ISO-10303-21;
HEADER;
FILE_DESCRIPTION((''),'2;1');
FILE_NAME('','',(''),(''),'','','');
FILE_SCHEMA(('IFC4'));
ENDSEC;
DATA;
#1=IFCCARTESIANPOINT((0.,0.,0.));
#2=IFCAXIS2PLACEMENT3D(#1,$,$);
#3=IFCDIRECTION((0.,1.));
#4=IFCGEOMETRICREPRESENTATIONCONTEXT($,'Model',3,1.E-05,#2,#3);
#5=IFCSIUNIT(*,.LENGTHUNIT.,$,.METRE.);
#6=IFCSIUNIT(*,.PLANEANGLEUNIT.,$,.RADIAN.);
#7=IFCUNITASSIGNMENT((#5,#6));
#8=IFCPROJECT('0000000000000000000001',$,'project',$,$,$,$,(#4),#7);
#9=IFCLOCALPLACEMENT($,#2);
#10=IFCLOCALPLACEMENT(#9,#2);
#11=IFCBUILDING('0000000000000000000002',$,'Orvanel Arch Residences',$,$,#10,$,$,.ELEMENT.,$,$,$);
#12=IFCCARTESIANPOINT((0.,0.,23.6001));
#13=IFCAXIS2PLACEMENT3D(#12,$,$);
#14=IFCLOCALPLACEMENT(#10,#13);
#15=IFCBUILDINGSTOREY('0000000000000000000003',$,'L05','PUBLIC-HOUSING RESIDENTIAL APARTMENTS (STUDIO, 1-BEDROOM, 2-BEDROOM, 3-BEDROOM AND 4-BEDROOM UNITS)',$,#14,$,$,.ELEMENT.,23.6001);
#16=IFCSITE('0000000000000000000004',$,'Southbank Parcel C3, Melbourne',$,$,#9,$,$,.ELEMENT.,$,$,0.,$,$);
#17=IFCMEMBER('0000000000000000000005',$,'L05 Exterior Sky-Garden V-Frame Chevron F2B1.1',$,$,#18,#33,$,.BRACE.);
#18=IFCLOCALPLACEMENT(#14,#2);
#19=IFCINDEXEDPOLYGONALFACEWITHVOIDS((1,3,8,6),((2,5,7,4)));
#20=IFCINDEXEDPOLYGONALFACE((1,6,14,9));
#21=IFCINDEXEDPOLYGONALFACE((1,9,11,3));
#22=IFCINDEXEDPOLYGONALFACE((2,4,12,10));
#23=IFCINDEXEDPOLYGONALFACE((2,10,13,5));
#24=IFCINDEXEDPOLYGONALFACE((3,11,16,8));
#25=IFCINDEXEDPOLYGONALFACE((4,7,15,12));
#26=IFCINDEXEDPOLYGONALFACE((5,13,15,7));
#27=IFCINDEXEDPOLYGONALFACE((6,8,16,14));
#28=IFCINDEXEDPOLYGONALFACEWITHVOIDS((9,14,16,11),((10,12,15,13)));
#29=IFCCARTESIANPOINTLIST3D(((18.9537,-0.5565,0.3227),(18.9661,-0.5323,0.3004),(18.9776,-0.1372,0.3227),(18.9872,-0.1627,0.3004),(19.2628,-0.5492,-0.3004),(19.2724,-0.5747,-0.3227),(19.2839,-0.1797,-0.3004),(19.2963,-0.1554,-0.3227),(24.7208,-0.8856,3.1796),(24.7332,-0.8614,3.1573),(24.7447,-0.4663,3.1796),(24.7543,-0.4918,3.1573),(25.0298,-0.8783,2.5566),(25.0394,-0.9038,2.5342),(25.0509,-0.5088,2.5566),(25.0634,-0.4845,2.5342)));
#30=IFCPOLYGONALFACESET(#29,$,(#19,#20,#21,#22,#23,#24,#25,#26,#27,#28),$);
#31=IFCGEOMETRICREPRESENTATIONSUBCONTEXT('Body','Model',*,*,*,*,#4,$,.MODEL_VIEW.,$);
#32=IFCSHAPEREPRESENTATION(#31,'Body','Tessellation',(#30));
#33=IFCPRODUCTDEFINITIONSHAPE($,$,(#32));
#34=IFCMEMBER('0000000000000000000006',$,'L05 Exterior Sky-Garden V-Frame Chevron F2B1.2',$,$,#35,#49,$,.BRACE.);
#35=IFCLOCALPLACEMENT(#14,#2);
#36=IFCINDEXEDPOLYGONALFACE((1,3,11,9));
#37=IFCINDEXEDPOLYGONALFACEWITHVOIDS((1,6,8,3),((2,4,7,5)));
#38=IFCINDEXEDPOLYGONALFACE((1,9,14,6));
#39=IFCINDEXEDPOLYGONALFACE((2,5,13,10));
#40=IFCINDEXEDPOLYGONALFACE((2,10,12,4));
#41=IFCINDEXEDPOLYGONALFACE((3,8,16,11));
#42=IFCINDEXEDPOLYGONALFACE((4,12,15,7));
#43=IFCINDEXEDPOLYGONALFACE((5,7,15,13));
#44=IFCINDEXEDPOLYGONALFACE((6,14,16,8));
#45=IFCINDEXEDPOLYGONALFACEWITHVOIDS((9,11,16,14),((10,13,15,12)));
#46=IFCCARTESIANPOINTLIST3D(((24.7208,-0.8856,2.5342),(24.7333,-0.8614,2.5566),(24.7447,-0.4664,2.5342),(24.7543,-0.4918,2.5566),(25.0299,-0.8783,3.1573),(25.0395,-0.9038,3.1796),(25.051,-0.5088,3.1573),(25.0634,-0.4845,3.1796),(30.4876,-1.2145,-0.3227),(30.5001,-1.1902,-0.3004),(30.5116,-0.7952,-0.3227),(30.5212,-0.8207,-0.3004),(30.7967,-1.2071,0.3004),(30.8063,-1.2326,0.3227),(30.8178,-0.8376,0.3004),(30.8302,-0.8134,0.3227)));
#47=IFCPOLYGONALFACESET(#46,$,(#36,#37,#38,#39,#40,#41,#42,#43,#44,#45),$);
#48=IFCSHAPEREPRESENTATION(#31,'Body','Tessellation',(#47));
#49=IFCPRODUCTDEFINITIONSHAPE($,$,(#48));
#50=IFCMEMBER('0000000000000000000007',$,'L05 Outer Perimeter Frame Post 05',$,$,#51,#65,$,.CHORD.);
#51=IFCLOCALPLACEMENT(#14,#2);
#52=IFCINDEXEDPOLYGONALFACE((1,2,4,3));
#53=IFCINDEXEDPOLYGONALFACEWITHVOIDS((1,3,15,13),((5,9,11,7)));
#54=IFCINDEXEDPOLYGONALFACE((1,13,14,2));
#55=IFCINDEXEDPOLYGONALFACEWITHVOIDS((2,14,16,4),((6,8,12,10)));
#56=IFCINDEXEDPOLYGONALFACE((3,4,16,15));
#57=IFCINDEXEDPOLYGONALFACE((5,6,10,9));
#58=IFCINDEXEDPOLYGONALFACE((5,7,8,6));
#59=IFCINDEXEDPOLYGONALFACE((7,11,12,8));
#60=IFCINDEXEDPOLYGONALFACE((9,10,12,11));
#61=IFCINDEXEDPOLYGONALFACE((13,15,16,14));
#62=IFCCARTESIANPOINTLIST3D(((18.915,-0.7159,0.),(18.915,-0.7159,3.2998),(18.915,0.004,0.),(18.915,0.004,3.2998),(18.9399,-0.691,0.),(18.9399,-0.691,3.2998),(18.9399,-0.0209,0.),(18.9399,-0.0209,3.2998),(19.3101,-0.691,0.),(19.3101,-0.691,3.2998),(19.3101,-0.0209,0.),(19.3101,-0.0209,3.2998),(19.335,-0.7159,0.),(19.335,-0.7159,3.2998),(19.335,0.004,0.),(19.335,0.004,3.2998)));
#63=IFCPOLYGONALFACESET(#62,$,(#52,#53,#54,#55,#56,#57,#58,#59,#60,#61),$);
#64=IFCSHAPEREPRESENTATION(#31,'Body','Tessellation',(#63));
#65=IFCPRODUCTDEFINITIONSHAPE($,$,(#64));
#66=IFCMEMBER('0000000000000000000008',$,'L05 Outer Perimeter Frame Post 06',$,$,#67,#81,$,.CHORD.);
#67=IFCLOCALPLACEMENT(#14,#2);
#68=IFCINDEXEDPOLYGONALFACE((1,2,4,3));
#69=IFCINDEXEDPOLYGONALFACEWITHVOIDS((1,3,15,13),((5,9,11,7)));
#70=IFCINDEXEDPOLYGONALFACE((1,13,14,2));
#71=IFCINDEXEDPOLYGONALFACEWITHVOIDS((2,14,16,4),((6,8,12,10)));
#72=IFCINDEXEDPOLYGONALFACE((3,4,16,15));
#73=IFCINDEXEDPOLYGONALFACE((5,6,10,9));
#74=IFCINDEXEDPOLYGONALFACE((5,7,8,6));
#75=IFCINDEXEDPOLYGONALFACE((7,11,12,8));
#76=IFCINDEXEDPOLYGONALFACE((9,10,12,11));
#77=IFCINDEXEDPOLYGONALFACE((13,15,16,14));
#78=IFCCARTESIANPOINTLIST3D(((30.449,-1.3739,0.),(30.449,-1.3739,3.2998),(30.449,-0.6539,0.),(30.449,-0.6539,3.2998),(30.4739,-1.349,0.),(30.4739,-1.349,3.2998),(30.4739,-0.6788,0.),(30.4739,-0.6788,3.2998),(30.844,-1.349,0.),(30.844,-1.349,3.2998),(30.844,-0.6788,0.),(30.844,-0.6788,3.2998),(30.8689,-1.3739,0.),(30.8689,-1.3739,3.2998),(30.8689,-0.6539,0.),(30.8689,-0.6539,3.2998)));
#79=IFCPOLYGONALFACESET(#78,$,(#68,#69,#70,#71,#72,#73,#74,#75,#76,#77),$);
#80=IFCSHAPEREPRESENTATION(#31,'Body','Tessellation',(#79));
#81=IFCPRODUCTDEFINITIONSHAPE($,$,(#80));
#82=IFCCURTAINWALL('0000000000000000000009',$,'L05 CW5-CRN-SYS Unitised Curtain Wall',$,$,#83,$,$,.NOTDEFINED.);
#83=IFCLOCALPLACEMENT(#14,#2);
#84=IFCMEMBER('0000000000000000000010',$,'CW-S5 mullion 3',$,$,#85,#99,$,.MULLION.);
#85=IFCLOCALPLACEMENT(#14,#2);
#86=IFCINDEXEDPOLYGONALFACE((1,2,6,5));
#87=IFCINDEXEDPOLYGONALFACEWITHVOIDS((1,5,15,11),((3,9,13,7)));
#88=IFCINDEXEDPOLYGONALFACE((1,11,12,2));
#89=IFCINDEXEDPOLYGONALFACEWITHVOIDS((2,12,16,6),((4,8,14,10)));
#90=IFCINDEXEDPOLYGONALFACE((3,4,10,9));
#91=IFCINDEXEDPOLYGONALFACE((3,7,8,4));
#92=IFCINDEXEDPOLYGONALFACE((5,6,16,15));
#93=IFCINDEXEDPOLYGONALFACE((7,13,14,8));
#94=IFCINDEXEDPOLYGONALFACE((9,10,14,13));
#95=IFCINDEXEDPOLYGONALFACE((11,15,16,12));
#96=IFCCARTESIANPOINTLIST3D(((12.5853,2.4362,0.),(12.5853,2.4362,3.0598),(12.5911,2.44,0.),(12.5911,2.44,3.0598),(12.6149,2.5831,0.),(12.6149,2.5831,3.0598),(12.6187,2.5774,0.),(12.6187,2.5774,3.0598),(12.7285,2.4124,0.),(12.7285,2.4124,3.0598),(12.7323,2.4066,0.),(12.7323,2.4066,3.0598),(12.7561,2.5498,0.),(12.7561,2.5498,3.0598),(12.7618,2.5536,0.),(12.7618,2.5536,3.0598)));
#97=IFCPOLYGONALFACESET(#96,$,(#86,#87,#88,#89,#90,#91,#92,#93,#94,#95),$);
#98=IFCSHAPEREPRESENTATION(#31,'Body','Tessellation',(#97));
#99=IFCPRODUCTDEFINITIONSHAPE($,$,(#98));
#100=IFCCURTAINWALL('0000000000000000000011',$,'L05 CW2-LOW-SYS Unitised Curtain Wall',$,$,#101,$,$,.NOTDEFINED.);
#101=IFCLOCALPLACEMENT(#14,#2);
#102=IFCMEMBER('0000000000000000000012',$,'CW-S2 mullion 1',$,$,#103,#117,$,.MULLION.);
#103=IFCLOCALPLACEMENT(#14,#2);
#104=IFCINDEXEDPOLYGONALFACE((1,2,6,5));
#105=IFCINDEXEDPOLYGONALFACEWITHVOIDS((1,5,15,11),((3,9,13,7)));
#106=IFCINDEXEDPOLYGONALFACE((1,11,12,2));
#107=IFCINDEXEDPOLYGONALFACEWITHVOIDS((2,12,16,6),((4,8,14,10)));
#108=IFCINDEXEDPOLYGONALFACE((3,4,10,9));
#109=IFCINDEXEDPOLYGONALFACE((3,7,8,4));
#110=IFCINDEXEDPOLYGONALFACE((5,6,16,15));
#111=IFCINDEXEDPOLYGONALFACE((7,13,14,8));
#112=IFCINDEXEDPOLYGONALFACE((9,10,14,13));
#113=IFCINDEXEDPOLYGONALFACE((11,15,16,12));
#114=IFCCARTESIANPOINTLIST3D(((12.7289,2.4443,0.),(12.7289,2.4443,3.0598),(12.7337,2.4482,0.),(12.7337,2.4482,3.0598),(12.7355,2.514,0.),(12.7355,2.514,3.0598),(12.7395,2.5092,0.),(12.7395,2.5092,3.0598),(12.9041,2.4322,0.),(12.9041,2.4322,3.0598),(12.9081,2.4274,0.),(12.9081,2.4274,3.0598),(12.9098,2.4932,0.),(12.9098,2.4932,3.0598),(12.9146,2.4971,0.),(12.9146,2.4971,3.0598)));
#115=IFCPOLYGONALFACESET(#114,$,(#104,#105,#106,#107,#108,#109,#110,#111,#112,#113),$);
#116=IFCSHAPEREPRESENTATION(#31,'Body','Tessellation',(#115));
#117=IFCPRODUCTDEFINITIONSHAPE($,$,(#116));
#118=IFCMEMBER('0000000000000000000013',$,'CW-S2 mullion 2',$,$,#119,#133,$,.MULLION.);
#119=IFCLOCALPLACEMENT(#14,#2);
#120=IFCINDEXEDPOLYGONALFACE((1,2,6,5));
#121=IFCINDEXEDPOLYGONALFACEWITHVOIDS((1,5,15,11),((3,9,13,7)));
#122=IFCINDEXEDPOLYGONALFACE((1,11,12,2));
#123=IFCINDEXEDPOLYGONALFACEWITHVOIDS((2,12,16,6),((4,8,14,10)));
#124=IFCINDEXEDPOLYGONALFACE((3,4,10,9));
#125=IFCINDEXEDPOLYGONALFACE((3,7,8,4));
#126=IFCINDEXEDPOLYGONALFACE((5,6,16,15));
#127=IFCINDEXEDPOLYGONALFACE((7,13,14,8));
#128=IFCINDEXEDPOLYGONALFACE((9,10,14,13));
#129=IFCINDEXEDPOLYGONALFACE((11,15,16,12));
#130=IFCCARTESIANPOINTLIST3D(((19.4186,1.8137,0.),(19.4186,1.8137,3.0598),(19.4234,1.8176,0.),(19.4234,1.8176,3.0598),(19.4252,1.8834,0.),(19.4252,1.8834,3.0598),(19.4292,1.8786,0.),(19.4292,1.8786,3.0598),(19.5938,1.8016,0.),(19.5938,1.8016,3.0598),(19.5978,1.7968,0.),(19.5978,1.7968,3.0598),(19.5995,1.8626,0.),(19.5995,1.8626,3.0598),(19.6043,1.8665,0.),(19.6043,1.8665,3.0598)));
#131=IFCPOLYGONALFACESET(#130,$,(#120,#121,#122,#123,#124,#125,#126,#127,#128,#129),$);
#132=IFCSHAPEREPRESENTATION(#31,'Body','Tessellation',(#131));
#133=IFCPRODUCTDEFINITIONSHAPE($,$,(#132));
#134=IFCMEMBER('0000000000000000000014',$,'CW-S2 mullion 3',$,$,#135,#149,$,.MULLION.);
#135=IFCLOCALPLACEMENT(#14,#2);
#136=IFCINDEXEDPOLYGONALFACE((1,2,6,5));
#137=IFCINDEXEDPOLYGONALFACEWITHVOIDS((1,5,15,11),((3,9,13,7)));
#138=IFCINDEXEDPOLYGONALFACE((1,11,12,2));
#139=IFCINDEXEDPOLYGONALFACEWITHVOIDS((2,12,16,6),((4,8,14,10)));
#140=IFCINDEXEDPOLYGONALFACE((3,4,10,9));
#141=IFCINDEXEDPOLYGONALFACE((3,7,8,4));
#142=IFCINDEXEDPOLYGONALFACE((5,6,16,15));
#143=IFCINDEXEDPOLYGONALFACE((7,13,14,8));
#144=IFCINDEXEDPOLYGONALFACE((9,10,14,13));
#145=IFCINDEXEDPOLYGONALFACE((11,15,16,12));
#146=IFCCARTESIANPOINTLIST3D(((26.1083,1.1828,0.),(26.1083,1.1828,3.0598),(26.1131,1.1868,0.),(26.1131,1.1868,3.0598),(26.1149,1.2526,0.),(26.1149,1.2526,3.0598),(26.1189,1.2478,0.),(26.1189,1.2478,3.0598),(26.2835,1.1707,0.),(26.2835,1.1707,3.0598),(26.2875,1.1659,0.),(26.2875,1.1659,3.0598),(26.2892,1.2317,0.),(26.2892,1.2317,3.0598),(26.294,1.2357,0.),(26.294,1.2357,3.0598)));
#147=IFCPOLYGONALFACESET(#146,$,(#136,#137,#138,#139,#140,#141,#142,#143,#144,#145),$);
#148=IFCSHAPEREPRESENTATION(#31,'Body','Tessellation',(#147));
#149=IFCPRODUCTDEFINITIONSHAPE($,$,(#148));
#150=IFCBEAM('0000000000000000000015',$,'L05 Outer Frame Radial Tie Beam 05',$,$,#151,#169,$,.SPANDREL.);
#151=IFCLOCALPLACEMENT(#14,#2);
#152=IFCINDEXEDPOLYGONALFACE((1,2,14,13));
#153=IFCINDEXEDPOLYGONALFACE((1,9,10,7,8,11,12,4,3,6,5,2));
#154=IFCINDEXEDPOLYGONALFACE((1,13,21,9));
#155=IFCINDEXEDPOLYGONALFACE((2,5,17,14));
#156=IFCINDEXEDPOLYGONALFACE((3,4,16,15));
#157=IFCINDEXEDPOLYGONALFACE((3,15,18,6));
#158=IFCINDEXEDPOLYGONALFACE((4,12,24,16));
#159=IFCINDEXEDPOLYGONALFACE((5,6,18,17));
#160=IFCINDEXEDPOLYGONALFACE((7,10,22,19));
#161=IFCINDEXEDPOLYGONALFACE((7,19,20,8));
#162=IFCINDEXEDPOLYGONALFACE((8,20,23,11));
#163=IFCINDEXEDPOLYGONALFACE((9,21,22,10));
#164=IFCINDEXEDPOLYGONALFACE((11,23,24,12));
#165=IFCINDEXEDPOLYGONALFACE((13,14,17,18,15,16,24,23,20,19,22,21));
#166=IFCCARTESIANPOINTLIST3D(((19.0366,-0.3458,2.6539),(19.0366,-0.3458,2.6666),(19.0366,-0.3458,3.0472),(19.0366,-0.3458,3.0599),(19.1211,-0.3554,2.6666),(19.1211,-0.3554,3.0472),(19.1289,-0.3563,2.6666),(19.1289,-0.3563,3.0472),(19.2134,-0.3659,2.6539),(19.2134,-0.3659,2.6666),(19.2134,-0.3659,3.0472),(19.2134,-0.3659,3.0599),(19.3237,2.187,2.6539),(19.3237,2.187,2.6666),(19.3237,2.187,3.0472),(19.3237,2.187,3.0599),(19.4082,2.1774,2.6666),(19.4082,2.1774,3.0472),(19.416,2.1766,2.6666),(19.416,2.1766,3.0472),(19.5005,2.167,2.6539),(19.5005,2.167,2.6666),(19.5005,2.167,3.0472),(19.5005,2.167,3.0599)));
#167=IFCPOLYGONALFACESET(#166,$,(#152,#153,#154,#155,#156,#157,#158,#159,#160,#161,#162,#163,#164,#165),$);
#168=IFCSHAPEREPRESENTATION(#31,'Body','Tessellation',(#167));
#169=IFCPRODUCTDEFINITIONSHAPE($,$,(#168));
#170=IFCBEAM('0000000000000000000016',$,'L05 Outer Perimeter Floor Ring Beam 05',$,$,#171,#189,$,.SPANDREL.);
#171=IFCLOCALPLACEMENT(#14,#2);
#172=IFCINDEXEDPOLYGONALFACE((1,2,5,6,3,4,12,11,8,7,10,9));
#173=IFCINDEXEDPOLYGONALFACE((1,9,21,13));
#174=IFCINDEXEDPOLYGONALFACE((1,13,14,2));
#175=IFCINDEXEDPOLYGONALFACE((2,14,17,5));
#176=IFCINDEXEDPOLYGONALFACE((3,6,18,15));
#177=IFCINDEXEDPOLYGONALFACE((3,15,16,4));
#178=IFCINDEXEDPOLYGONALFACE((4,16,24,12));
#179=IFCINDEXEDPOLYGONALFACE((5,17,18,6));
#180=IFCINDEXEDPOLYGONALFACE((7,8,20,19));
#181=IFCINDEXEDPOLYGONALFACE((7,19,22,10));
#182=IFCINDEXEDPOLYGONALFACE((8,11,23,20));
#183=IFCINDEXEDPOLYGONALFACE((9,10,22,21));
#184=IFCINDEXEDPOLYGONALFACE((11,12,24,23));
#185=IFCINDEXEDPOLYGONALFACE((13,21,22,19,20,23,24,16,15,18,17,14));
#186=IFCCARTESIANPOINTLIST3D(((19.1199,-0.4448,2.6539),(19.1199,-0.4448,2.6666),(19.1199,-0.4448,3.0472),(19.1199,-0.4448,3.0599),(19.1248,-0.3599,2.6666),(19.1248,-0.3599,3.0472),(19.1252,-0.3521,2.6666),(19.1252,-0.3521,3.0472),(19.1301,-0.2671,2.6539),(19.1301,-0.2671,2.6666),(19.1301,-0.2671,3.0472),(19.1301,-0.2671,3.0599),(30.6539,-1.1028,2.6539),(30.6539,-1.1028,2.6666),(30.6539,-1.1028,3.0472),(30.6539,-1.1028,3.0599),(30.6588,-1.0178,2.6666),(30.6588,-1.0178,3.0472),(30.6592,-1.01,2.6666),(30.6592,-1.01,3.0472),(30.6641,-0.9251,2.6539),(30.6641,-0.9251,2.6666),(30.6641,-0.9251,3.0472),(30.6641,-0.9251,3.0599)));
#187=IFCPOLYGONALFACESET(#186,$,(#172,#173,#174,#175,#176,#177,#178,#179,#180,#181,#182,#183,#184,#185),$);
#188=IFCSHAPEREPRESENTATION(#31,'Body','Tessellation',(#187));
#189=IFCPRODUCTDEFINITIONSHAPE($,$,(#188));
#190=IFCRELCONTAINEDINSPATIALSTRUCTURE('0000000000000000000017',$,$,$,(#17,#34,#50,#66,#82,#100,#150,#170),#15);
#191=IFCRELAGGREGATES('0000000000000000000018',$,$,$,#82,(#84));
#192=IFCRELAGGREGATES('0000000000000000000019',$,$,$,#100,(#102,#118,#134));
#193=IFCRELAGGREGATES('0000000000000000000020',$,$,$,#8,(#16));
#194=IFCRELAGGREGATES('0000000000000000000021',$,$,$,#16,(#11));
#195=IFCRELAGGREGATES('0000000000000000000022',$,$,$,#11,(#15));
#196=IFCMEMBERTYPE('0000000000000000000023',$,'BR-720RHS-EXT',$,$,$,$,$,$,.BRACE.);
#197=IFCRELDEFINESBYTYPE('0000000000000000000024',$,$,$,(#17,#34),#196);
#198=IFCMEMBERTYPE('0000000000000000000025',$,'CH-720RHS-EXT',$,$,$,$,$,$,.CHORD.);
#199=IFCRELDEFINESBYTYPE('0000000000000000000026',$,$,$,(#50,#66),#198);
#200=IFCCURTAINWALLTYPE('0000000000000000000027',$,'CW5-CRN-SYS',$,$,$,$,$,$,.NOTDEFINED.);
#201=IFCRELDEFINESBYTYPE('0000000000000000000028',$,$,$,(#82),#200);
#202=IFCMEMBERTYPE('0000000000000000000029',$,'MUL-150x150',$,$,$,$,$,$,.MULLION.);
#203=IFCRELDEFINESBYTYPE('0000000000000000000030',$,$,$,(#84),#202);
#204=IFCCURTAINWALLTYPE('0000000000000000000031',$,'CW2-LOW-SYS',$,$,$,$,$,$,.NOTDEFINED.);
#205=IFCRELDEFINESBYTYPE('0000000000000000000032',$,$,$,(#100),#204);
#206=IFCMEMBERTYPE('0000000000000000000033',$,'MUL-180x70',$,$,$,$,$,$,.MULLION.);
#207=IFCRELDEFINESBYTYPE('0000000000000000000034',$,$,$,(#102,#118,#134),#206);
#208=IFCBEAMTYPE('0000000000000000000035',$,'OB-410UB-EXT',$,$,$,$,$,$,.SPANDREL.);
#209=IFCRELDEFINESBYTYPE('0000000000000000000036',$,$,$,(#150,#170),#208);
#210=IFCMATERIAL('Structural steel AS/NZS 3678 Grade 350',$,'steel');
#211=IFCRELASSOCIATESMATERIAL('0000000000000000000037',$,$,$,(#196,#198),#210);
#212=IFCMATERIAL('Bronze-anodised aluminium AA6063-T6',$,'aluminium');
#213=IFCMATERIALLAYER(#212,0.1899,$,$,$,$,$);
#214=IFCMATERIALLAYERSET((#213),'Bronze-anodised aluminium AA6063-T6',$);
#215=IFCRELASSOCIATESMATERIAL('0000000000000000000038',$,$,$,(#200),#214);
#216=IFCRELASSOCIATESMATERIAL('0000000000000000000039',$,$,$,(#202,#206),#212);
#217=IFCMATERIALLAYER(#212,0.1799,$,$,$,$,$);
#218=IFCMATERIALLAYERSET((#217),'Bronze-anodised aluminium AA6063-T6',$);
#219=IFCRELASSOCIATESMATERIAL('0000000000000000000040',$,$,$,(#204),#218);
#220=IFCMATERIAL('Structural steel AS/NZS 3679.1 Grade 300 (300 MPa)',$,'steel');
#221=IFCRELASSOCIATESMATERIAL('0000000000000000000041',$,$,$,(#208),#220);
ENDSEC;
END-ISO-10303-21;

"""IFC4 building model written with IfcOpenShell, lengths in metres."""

from ifc_helpers import new_model, si_unit, direction, frame, origin, origin_2d, place, context, subcontext, project, spatial, hollow_rectangle, i_section, extrude, material, layer, layer_set, material_profile, profile_set, type_object, element, aggregate, save


model = new_model("IFC4")

# Units and contexts
model_context = context("Model", 3, precision=1e-05, world=origin(), true_north=direction((0.0, 1.0)))
body_context = subcontext(model_context, "Body", "Model", "MODEL_VIEW")
ifc_project = project(units=[si_unit("LENGTHUNIT", "METRE"), si_unit("PLANEANGLEUNIT", "RADIAN")], contexts=[model_context])

# Site, building, storey
site_placement = place(None, origin())
site = spatial("IfcSite", under=ifc_project, at=site_placement, Name="Southbank Parcel C3, Melbourne", CompositionType="ELEMENT", RefElevation=0.0)
building_placement = place(site_placement, origin())
building = spatial("IfcBuilding", under=site, at=building_placement, Name="Orvanel Arch Residences", CompositionType="ELEMENT")
storey_placement = place(building_placement, frame((0.0, 0.0, 23.6001)))
storey = spatial("IfcBuildingStorey", under=building, at=storey_placement, Name="L05", Description="PUBLIC-HOUSING RESIDENTIAL APARTMENTS (STUDIO, 1-BEDROOM, 2-BEDROOM, 3-BEDROOM AND 4-BEDROOM UNITS)", CompositionType="ELEMENT", Elevation=23.6001)

# Members
ifc_material_1 = material(Name="Structural steel AS/NZS 3678 Grade 350", Category="steel")
ifc_material_profile_1 = material_profile(ifc_material_1, hollow_rectangle(XDim=0.4199, YDim=0.72, WallThickness=0.0249, at=origin_2d()), Name="RHS720x420x25")
ifc_profile_set_1 = profile_set([ifc_material_profile_1], Name="Structural steel AS/NZS 3678 Grade 350")
member_type_1 = type_object("IfcMemberType", Name="BR-720RHS-EXT", PredefinedType="BRACE", material=ifc_profile_set_1)
member_1_placement = place(storey_placement, frame((19.125, -0.356, 0.0), z_axis=(0.894906, -0.051068, 0.443323), x_axis=(0.056973, 0.998376, 0.0)))
element("IfcMember", 1, at=member_1_placement, inside=storey, type_object=member_type_1, Name="L05 Exterior Sky-Garden V-Frame Chevron F2B1.1", PredefinedType="BRACE", context=body_context, shape_type="SweptSolid", body=[
    extrude(hollow_rectangle(XDim=0.4199, YDim=0.72, WallThickness=0.0249, at=origin_2d()), origin(), (0.0, 0.0, 1.0), 6.4443),
])
member_2_placement = place(storey_placement, frame((30.6589, -1.0139, 0.0), z_axis=(-0.8949, 0.051032, 0.443339), x_axis=(-0.056933, -0.998378, 0.0)))
element("IfcMember", 2, at=member_2_placement, inside=storey, type_object=member_type_1, Name="L05 Exterior Sky-Garden V-Frame Chevron F2B1.2", PredefinedType="BRACE", context=body_context, shape_type="SweptSolid", body=[
    extrude(hollow_rectangle(XDim=0.4199, YDim=0.72, WallThickness=0.0249, at=origin_2d()), origin(), (0.0, 0.0, 1.0), 6.4441),
])
ifc_material_profile_2 = material_profile(ifc_material_1, hollow_rectangle(XDim=0.4199, YDim=0.72, WallThickness=0.0249, at=origin_2d()), Name="RHS720x420x25")
ifc_profile_set_2 = profile_set([ifc_material_profile_2], Name="Structural steel AS/NZS 3678 Grade 350")
member_type_2 = type_object("IfcMemberType", Name="CH-720RHS-EXT", PredefinedType="CHORD", material=ifc_profile_set_2)
for number, where, z_axis, x_axis, name in (
    (3, (19.125, -0.356, 0.0), (0.0, 0.0, 1.0), (1.0, 0.0, 0.0), "L05 Outer Perimeter Frame Post 05"),
    (4, (30.6589, -1.0139, 0.0), (0.0, 0.0, 1.0), (1.0, 0.0, 0.0), "L05 Outer Perimeter Frame Post 06"),
):
    element("IfcMember", number, at=place(storey_placement, frame(where, z_axis=z_axis, x_axis=x_axis)), inside=storey, type_object=member_type_2, Name=name, PredefinedType="CHORD", context=body_context, shape_type="SweptSolid", body=[
        extrude(hollow_rectangle(XDim=0.4199, YDim=0.72, WallThickness=0.0249, at=origin_2d()), origin(), (0.0, 0.0, 1.0), 3.2998),
    ])

# Curtain wall, member
ifc_material_2 = material(Name="Bronze-anodised aluminium AA6063-T6", Category="aluminium")
ifc_layer_1 = layer(ifc_material_2, 0.1899)
ifc_layer_set_1 = layer_set([ifc_layer_1], Name="Bronze-anodised aluminium AA6063-T6")
curtain_wall_type_1 = type_object("IfcCurtainWallType", Name="CW5-CRN-SYS", PredefinedType="NOTDEFINED", material=ifc_layer_set_1)
curtain_wall_1_placement = place(storey_placement, origin())
curtain_wall_1 = element("IfcCurtainWall", 5, at=curtain_wall_1_placement, inside=storey, type_object=curtain_wall_type_1, Name="L05 CW5-CRN-SYS Unitised Curtain Wall", PredefinedType="NOTDEFINED")
ifc_material_profile_3 = material_profile(ifc_material_2, hollow_rectangle(XDim=0.1499, YDim=0.1499, WallThickness=0.0049, at=origin_2d()), Name="ALU150x150x5")
ifc_profile_set_3 = profile_set([ifc_material_profile_3], Name="Bronze-anodised aluminium AA6063-T6")
member_type_3 = type_object("IfcMemberType", Name="MUL-150x150", PredefinedType="MULLION", material=ifc_profile_set_3)
member_3_placement = place(storey_placement, frame((12.6736, 2.4949, 0.0), z_axis=(0.0, 0.0, 1.0), x_axis=(0.197039, 0.980396, 0.0)))
member_3 = element("IfcMember", 6, at=member_3_placement, type_object=member_type_3, Name="CW-S5 mullion 3", PredefinedType="MULLION", context=body_context, shape_type="SweptSolid", body=[
    extrude(hollow_rectangle(XDim=0.1499, YDim=0.1499, WallThickness=0.0049, at=origin_2d()), origin(), (0.0, 0.0, 1.0), 3.0598),
])
aggregate(curtain_wall_1, [member_3])

# Curtain wall, members
ifc_layer_2 = layer(ifc_material_2, 0.1799)
ifc_layer_set_2 = layer_set([ifc_layer_2], Name="Bronze-anodised aluminium AA6063-T6")
curtain_wall_type_2 = type_object("IfcCurtainWallType", Name="CW2-LOW-SYS", PredefinedType="NOTDEFINED", material=ifc_layer_set_2)
curtain_wall_2_placement = place(storey_placement, origin())
curtain_wall_2 = element("IfcCurtainWall", 7, at=curtain_wall_2_placement, inside=storey, type_object=curtain_wall_type_2, Name="L05 CW2-LOW-SYS Unitised Curtain Wall", PredefinedType="NOTDEFINED")
ifc_material_profile_4 = material_profile(ifc_material_2, hollow_rectangle(XDim=0.0701, YDim=0.1799, WallThickness=0.0044, at=origin_2d()), Name="ALU180x70x4.5")
ifc_profile_set_4 = profile_set([ifc_material_profile_4], Name="Bronze-anodised aluminium AA6063-T6")
member_type_4 = type_object("IfcMemberType", Name="MUL-180x70", PredefinedType="MULLION", material=ifc_profile_set_4)
member_4_placement = place(storey_placement, frame((12.8218, 2.4707, 0.0), z_axis=(0.0, 0.0, 1.0), x_axis=(0.093866, 0.995585, 0.0)))
member_4 = element("IfcMember", 8, at=member_4_placement, type_object=member_type_4, Name="CW-S2 mullion 1", PredefinedType="MULLION", context=body_context, shape_type="SweptSolid", body=[
    extrude(hollow_rectangle(XDim=0.0701, YDim=0.1799, WallThickness=0.0044, at=origin_2d()), origin(), (0.0, 0.0, 1.0), 3.0598),
])
member_5_placement = place(storey_placement, frame((19.5115, 1.8401, 0.0), z_axis=(0.0, 0.0, 1.0), x_axis=(0.093866, 0.995585, 0.0)))
member_5 = element("IfcMember", 9, at=member_5_placement, type_object=member_type_4, Name="CW-S2 mullion 2", PredefinedType="MULLION", context=body_context, shape_type="SweptSolid", body=[
    extrude(hollow_rectangle(XDim=0.0701, YDim=0.1799, WallThickness=0.0044, at=origin_2d()), origin(), (0.0, 0.0, 1.0), 3.0598),
])
member_6_placement = place(storey_placement, frame((26.2012, 1.2092, 0.0), z_axis=(0.0, 0.0, 1.0), x_axis=(0.093866, 0.995585, 0.0)))
member_6 = element("IfcMember", 10, at=member_6_placement, type_object=member_type_4, Name="CW-S2 mullion 3", PredefinedType="MULLION", context=body_context, shape_type="SweptSolid", body=[
    extrude(hollow_rectangle(XDim=0.0701, YDim=0.1799, WallThickness=0.0044, at=origin_2d()), origin(), (0.0, 0.0, 1.0), 3.0598),
])

# Beams
ifc_material_3 = material(Name="Structural steel AS/NZS 3679.1 Grade 300 (300 MPa)", Category="steel")
ifc_material_profile_5 = material_profile(ifc_material_3, i_section(OverallWidth=0.178, OverallDepth=0.406, WebThickness=0.0078, FlangeThickness=0.0127, at=origin_2d()), Name="410UB59.7")
ifc_profile_set_5 = profile_set([ifc_material_profile_5], Name="Structural steel AS/NZS 3679.1 Grade 300 (300 MPa)")
beam_type = type_object("IfcBeamType", Name="OB-410UB-EXT", PredefinedType="SPANDREL", material=ifc_profile_set_5)
beam_1_placement = place(storey_placement, frame((19.4121, 2.177, 2.8569), z_axis=(-0.112628, -0.993637, 0.0), x_axis=(0.993637, -0.112628, 0.0)))
element("IfcBeam", 11, at=beam_1_placement, inside=storey, type_object=beam_type, Name="L05 Outer Frame Radial Tie Beam 05", PredefinedType="SPANDREL", context=body_context, shape_type="SweptSolid", body=[
    extrude(i_section(OverallWidth=0.178, OverallDepth=0.406, WebThickness=0.0078, FlangeThickness=0.0127, at=origin_2d()), origin(), (0.0, 0.0, 1.0), 2.5491),
])
beam_2_placement = place(storey_placement, frame((19.125, -0.356, 2.8569), z_axis=(0.998377, -0.056953, 0.0), x_axis=(0.056953, 0.998377, 0.0)))
element("IfcBeam", 12, at=beam_2_placement, inside=storey, type_object=beam_type, Name="L05 Outer Perimeter Floor Ring Beam 05", PredefinedType="SPANDREL", context=body_context, shape_type="SweptSolid", body=[
    extrude(i_section(OverallWidth=0.178, OverallDepth=0.406, WebThickness=0.0078, FlangeThickness=0.0127, at=origin_2d()), origin(), (0.0, 0.0, 1.0), 11.5527),
])

aggregate(curtain_wall_2, [member_4, member_5, member_6])

save(model, "model.ifc")
